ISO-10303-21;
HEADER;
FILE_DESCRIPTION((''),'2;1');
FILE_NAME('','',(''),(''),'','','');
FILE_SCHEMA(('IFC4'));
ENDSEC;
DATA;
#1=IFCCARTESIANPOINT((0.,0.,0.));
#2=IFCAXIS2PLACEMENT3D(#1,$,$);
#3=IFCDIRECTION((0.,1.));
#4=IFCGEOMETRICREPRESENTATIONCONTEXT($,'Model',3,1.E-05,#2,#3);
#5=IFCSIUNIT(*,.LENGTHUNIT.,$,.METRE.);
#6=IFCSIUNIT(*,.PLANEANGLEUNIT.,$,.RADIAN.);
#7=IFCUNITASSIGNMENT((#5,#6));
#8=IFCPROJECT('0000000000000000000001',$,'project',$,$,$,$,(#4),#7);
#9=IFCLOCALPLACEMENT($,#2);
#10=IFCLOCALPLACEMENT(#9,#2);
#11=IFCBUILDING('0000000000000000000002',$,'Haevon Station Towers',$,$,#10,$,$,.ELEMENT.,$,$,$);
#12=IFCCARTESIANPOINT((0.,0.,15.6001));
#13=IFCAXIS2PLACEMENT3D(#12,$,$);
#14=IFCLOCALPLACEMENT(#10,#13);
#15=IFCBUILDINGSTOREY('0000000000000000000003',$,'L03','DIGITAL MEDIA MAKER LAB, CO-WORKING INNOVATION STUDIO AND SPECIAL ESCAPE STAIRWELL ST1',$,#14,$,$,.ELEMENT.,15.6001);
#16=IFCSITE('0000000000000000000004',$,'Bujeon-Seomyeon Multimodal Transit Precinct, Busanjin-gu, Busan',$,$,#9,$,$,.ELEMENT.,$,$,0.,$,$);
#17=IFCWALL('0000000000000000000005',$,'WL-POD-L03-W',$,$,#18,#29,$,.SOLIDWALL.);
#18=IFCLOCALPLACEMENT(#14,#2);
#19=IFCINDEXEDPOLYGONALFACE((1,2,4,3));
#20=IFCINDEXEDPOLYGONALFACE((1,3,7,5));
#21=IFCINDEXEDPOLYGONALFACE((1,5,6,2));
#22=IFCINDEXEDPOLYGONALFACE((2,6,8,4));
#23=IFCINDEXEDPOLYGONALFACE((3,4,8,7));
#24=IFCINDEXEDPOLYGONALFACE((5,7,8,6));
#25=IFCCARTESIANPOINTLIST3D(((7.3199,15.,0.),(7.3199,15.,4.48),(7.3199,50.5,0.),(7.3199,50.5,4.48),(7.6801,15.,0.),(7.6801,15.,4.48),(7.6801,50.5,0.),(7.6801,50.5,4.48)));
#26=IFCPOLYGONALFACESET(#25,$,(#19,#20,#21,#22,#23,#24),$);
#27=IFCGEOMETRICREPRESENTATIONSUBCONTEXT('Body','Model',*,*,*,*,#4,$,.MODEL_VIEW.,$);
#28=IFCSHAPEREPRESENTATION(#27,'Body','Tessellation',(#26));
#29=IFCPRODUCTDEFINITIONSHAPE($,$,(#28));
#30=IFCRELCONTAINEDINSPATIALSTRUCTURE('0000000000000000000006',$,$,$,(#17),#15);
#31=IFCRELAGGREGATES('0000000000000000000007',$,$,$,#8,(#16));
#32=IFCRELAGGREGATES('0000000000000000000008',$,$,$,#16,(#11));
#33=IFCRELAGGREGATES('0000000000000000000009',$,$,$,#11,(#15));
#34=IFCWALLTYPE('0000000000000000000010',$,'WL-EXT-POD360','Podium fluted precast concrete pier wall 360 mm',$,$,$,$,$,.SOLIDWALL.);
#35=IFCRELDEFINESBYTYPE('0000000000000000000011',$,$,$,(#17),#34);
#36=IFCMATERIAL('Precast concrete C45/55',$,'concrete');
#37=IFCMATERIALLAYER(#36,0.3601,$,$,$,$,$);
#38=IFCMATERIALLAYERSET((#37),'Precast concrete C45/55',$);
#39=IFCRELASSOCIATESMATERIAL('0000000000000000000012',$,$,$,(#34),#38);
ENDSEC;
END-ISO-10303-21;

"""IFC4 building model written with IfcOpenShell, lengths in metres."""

from ifc_helpers import new_model, si_unit, direction, frame, frame_2d, origin, place, context, subcontext, project, spatial, rectangle, extrude, material, layer, layer_set, type_object, element, save


model = new_model("IFC4")

# Units and contexts
model_context = context("Model", 3, precision=1e-05, world=origin(), true_north=direction((0.0, 1.0)))
body_context = subcontext(model_context, "Body", "Model", "MODEL_VIEW")
ifc_project = project(units=[si_unit("LENGTHUNIT", "METRE"), si_unit("PLANEANGLEUNIT", "RADIAN")], contexts=[model_context])

# Site, building, storey
site_placement = place(None, origin())
site = spatial("IfcSite", under=ifc_project, at=site_placement, Name="Bujeon-Seomyeon Multimodal Transit Precinct, Busanjin-gu, Busan", CompositionType="ELEMENT", RefElevation=0.0)
building_placement = place(site_placement, origin())
building = spatial("IfcBuilding", under=site, at=building_placement, Name="Haevon Station Towers", CompositionType="ELEMENT")
storey_placement = place(building_placement, frame((0.0, 0.0, 15.6001)))
storey = spatial("IfcBuildingStorey", under=building, at=storey_placement, Name="L03", Description="DIGITAL MEDIA MAKER LAB, CO-WORKING INNOVATION STUDIO AND SPECIAL ESCAPE STAIRWELL ST1", CompositionType="ELEMENT", Elevation=15.6001)

# Wall
ifc_material_1 = material(Name="Precast concrete C45/55", Category="concrete")
ifc_layer_1 = layer(ifc_material_1, 0.3601)
ifc_layer_set_1 = layer_set([ifc_layer_1], Name="Precast concrete C45/55")
wall_type = type_object("IfcWallType", Name="WL-EXT-POD360", Description="Podium fluted precast concrete pier wall 360 mm", PredefinedType="SOLIDWALL", material=ifc_layer_set_1)
wall_placement = place(storey_placement, frame((7.5, 15.0, 0.0), z_axis=(0.0, 0.0, 1.0), x_axis=(0.0, 1.0, 0.0)))
element("IfcWall", 1, at=wall_placement, inside=storey, type_object=wall_type, Name="WL-POD-L03-W", PredefinedType="SOLIDWALL", context=body_context, shape_type="SweptSolid", body=[
    extrude(rectangle(XDim=35.5, YDim=0.3601, at=frame_2d((17.75, 0.0))), origin(), (0.0, 0.0, 1.0), 4.48),
])

save(model, "model.ifc")
